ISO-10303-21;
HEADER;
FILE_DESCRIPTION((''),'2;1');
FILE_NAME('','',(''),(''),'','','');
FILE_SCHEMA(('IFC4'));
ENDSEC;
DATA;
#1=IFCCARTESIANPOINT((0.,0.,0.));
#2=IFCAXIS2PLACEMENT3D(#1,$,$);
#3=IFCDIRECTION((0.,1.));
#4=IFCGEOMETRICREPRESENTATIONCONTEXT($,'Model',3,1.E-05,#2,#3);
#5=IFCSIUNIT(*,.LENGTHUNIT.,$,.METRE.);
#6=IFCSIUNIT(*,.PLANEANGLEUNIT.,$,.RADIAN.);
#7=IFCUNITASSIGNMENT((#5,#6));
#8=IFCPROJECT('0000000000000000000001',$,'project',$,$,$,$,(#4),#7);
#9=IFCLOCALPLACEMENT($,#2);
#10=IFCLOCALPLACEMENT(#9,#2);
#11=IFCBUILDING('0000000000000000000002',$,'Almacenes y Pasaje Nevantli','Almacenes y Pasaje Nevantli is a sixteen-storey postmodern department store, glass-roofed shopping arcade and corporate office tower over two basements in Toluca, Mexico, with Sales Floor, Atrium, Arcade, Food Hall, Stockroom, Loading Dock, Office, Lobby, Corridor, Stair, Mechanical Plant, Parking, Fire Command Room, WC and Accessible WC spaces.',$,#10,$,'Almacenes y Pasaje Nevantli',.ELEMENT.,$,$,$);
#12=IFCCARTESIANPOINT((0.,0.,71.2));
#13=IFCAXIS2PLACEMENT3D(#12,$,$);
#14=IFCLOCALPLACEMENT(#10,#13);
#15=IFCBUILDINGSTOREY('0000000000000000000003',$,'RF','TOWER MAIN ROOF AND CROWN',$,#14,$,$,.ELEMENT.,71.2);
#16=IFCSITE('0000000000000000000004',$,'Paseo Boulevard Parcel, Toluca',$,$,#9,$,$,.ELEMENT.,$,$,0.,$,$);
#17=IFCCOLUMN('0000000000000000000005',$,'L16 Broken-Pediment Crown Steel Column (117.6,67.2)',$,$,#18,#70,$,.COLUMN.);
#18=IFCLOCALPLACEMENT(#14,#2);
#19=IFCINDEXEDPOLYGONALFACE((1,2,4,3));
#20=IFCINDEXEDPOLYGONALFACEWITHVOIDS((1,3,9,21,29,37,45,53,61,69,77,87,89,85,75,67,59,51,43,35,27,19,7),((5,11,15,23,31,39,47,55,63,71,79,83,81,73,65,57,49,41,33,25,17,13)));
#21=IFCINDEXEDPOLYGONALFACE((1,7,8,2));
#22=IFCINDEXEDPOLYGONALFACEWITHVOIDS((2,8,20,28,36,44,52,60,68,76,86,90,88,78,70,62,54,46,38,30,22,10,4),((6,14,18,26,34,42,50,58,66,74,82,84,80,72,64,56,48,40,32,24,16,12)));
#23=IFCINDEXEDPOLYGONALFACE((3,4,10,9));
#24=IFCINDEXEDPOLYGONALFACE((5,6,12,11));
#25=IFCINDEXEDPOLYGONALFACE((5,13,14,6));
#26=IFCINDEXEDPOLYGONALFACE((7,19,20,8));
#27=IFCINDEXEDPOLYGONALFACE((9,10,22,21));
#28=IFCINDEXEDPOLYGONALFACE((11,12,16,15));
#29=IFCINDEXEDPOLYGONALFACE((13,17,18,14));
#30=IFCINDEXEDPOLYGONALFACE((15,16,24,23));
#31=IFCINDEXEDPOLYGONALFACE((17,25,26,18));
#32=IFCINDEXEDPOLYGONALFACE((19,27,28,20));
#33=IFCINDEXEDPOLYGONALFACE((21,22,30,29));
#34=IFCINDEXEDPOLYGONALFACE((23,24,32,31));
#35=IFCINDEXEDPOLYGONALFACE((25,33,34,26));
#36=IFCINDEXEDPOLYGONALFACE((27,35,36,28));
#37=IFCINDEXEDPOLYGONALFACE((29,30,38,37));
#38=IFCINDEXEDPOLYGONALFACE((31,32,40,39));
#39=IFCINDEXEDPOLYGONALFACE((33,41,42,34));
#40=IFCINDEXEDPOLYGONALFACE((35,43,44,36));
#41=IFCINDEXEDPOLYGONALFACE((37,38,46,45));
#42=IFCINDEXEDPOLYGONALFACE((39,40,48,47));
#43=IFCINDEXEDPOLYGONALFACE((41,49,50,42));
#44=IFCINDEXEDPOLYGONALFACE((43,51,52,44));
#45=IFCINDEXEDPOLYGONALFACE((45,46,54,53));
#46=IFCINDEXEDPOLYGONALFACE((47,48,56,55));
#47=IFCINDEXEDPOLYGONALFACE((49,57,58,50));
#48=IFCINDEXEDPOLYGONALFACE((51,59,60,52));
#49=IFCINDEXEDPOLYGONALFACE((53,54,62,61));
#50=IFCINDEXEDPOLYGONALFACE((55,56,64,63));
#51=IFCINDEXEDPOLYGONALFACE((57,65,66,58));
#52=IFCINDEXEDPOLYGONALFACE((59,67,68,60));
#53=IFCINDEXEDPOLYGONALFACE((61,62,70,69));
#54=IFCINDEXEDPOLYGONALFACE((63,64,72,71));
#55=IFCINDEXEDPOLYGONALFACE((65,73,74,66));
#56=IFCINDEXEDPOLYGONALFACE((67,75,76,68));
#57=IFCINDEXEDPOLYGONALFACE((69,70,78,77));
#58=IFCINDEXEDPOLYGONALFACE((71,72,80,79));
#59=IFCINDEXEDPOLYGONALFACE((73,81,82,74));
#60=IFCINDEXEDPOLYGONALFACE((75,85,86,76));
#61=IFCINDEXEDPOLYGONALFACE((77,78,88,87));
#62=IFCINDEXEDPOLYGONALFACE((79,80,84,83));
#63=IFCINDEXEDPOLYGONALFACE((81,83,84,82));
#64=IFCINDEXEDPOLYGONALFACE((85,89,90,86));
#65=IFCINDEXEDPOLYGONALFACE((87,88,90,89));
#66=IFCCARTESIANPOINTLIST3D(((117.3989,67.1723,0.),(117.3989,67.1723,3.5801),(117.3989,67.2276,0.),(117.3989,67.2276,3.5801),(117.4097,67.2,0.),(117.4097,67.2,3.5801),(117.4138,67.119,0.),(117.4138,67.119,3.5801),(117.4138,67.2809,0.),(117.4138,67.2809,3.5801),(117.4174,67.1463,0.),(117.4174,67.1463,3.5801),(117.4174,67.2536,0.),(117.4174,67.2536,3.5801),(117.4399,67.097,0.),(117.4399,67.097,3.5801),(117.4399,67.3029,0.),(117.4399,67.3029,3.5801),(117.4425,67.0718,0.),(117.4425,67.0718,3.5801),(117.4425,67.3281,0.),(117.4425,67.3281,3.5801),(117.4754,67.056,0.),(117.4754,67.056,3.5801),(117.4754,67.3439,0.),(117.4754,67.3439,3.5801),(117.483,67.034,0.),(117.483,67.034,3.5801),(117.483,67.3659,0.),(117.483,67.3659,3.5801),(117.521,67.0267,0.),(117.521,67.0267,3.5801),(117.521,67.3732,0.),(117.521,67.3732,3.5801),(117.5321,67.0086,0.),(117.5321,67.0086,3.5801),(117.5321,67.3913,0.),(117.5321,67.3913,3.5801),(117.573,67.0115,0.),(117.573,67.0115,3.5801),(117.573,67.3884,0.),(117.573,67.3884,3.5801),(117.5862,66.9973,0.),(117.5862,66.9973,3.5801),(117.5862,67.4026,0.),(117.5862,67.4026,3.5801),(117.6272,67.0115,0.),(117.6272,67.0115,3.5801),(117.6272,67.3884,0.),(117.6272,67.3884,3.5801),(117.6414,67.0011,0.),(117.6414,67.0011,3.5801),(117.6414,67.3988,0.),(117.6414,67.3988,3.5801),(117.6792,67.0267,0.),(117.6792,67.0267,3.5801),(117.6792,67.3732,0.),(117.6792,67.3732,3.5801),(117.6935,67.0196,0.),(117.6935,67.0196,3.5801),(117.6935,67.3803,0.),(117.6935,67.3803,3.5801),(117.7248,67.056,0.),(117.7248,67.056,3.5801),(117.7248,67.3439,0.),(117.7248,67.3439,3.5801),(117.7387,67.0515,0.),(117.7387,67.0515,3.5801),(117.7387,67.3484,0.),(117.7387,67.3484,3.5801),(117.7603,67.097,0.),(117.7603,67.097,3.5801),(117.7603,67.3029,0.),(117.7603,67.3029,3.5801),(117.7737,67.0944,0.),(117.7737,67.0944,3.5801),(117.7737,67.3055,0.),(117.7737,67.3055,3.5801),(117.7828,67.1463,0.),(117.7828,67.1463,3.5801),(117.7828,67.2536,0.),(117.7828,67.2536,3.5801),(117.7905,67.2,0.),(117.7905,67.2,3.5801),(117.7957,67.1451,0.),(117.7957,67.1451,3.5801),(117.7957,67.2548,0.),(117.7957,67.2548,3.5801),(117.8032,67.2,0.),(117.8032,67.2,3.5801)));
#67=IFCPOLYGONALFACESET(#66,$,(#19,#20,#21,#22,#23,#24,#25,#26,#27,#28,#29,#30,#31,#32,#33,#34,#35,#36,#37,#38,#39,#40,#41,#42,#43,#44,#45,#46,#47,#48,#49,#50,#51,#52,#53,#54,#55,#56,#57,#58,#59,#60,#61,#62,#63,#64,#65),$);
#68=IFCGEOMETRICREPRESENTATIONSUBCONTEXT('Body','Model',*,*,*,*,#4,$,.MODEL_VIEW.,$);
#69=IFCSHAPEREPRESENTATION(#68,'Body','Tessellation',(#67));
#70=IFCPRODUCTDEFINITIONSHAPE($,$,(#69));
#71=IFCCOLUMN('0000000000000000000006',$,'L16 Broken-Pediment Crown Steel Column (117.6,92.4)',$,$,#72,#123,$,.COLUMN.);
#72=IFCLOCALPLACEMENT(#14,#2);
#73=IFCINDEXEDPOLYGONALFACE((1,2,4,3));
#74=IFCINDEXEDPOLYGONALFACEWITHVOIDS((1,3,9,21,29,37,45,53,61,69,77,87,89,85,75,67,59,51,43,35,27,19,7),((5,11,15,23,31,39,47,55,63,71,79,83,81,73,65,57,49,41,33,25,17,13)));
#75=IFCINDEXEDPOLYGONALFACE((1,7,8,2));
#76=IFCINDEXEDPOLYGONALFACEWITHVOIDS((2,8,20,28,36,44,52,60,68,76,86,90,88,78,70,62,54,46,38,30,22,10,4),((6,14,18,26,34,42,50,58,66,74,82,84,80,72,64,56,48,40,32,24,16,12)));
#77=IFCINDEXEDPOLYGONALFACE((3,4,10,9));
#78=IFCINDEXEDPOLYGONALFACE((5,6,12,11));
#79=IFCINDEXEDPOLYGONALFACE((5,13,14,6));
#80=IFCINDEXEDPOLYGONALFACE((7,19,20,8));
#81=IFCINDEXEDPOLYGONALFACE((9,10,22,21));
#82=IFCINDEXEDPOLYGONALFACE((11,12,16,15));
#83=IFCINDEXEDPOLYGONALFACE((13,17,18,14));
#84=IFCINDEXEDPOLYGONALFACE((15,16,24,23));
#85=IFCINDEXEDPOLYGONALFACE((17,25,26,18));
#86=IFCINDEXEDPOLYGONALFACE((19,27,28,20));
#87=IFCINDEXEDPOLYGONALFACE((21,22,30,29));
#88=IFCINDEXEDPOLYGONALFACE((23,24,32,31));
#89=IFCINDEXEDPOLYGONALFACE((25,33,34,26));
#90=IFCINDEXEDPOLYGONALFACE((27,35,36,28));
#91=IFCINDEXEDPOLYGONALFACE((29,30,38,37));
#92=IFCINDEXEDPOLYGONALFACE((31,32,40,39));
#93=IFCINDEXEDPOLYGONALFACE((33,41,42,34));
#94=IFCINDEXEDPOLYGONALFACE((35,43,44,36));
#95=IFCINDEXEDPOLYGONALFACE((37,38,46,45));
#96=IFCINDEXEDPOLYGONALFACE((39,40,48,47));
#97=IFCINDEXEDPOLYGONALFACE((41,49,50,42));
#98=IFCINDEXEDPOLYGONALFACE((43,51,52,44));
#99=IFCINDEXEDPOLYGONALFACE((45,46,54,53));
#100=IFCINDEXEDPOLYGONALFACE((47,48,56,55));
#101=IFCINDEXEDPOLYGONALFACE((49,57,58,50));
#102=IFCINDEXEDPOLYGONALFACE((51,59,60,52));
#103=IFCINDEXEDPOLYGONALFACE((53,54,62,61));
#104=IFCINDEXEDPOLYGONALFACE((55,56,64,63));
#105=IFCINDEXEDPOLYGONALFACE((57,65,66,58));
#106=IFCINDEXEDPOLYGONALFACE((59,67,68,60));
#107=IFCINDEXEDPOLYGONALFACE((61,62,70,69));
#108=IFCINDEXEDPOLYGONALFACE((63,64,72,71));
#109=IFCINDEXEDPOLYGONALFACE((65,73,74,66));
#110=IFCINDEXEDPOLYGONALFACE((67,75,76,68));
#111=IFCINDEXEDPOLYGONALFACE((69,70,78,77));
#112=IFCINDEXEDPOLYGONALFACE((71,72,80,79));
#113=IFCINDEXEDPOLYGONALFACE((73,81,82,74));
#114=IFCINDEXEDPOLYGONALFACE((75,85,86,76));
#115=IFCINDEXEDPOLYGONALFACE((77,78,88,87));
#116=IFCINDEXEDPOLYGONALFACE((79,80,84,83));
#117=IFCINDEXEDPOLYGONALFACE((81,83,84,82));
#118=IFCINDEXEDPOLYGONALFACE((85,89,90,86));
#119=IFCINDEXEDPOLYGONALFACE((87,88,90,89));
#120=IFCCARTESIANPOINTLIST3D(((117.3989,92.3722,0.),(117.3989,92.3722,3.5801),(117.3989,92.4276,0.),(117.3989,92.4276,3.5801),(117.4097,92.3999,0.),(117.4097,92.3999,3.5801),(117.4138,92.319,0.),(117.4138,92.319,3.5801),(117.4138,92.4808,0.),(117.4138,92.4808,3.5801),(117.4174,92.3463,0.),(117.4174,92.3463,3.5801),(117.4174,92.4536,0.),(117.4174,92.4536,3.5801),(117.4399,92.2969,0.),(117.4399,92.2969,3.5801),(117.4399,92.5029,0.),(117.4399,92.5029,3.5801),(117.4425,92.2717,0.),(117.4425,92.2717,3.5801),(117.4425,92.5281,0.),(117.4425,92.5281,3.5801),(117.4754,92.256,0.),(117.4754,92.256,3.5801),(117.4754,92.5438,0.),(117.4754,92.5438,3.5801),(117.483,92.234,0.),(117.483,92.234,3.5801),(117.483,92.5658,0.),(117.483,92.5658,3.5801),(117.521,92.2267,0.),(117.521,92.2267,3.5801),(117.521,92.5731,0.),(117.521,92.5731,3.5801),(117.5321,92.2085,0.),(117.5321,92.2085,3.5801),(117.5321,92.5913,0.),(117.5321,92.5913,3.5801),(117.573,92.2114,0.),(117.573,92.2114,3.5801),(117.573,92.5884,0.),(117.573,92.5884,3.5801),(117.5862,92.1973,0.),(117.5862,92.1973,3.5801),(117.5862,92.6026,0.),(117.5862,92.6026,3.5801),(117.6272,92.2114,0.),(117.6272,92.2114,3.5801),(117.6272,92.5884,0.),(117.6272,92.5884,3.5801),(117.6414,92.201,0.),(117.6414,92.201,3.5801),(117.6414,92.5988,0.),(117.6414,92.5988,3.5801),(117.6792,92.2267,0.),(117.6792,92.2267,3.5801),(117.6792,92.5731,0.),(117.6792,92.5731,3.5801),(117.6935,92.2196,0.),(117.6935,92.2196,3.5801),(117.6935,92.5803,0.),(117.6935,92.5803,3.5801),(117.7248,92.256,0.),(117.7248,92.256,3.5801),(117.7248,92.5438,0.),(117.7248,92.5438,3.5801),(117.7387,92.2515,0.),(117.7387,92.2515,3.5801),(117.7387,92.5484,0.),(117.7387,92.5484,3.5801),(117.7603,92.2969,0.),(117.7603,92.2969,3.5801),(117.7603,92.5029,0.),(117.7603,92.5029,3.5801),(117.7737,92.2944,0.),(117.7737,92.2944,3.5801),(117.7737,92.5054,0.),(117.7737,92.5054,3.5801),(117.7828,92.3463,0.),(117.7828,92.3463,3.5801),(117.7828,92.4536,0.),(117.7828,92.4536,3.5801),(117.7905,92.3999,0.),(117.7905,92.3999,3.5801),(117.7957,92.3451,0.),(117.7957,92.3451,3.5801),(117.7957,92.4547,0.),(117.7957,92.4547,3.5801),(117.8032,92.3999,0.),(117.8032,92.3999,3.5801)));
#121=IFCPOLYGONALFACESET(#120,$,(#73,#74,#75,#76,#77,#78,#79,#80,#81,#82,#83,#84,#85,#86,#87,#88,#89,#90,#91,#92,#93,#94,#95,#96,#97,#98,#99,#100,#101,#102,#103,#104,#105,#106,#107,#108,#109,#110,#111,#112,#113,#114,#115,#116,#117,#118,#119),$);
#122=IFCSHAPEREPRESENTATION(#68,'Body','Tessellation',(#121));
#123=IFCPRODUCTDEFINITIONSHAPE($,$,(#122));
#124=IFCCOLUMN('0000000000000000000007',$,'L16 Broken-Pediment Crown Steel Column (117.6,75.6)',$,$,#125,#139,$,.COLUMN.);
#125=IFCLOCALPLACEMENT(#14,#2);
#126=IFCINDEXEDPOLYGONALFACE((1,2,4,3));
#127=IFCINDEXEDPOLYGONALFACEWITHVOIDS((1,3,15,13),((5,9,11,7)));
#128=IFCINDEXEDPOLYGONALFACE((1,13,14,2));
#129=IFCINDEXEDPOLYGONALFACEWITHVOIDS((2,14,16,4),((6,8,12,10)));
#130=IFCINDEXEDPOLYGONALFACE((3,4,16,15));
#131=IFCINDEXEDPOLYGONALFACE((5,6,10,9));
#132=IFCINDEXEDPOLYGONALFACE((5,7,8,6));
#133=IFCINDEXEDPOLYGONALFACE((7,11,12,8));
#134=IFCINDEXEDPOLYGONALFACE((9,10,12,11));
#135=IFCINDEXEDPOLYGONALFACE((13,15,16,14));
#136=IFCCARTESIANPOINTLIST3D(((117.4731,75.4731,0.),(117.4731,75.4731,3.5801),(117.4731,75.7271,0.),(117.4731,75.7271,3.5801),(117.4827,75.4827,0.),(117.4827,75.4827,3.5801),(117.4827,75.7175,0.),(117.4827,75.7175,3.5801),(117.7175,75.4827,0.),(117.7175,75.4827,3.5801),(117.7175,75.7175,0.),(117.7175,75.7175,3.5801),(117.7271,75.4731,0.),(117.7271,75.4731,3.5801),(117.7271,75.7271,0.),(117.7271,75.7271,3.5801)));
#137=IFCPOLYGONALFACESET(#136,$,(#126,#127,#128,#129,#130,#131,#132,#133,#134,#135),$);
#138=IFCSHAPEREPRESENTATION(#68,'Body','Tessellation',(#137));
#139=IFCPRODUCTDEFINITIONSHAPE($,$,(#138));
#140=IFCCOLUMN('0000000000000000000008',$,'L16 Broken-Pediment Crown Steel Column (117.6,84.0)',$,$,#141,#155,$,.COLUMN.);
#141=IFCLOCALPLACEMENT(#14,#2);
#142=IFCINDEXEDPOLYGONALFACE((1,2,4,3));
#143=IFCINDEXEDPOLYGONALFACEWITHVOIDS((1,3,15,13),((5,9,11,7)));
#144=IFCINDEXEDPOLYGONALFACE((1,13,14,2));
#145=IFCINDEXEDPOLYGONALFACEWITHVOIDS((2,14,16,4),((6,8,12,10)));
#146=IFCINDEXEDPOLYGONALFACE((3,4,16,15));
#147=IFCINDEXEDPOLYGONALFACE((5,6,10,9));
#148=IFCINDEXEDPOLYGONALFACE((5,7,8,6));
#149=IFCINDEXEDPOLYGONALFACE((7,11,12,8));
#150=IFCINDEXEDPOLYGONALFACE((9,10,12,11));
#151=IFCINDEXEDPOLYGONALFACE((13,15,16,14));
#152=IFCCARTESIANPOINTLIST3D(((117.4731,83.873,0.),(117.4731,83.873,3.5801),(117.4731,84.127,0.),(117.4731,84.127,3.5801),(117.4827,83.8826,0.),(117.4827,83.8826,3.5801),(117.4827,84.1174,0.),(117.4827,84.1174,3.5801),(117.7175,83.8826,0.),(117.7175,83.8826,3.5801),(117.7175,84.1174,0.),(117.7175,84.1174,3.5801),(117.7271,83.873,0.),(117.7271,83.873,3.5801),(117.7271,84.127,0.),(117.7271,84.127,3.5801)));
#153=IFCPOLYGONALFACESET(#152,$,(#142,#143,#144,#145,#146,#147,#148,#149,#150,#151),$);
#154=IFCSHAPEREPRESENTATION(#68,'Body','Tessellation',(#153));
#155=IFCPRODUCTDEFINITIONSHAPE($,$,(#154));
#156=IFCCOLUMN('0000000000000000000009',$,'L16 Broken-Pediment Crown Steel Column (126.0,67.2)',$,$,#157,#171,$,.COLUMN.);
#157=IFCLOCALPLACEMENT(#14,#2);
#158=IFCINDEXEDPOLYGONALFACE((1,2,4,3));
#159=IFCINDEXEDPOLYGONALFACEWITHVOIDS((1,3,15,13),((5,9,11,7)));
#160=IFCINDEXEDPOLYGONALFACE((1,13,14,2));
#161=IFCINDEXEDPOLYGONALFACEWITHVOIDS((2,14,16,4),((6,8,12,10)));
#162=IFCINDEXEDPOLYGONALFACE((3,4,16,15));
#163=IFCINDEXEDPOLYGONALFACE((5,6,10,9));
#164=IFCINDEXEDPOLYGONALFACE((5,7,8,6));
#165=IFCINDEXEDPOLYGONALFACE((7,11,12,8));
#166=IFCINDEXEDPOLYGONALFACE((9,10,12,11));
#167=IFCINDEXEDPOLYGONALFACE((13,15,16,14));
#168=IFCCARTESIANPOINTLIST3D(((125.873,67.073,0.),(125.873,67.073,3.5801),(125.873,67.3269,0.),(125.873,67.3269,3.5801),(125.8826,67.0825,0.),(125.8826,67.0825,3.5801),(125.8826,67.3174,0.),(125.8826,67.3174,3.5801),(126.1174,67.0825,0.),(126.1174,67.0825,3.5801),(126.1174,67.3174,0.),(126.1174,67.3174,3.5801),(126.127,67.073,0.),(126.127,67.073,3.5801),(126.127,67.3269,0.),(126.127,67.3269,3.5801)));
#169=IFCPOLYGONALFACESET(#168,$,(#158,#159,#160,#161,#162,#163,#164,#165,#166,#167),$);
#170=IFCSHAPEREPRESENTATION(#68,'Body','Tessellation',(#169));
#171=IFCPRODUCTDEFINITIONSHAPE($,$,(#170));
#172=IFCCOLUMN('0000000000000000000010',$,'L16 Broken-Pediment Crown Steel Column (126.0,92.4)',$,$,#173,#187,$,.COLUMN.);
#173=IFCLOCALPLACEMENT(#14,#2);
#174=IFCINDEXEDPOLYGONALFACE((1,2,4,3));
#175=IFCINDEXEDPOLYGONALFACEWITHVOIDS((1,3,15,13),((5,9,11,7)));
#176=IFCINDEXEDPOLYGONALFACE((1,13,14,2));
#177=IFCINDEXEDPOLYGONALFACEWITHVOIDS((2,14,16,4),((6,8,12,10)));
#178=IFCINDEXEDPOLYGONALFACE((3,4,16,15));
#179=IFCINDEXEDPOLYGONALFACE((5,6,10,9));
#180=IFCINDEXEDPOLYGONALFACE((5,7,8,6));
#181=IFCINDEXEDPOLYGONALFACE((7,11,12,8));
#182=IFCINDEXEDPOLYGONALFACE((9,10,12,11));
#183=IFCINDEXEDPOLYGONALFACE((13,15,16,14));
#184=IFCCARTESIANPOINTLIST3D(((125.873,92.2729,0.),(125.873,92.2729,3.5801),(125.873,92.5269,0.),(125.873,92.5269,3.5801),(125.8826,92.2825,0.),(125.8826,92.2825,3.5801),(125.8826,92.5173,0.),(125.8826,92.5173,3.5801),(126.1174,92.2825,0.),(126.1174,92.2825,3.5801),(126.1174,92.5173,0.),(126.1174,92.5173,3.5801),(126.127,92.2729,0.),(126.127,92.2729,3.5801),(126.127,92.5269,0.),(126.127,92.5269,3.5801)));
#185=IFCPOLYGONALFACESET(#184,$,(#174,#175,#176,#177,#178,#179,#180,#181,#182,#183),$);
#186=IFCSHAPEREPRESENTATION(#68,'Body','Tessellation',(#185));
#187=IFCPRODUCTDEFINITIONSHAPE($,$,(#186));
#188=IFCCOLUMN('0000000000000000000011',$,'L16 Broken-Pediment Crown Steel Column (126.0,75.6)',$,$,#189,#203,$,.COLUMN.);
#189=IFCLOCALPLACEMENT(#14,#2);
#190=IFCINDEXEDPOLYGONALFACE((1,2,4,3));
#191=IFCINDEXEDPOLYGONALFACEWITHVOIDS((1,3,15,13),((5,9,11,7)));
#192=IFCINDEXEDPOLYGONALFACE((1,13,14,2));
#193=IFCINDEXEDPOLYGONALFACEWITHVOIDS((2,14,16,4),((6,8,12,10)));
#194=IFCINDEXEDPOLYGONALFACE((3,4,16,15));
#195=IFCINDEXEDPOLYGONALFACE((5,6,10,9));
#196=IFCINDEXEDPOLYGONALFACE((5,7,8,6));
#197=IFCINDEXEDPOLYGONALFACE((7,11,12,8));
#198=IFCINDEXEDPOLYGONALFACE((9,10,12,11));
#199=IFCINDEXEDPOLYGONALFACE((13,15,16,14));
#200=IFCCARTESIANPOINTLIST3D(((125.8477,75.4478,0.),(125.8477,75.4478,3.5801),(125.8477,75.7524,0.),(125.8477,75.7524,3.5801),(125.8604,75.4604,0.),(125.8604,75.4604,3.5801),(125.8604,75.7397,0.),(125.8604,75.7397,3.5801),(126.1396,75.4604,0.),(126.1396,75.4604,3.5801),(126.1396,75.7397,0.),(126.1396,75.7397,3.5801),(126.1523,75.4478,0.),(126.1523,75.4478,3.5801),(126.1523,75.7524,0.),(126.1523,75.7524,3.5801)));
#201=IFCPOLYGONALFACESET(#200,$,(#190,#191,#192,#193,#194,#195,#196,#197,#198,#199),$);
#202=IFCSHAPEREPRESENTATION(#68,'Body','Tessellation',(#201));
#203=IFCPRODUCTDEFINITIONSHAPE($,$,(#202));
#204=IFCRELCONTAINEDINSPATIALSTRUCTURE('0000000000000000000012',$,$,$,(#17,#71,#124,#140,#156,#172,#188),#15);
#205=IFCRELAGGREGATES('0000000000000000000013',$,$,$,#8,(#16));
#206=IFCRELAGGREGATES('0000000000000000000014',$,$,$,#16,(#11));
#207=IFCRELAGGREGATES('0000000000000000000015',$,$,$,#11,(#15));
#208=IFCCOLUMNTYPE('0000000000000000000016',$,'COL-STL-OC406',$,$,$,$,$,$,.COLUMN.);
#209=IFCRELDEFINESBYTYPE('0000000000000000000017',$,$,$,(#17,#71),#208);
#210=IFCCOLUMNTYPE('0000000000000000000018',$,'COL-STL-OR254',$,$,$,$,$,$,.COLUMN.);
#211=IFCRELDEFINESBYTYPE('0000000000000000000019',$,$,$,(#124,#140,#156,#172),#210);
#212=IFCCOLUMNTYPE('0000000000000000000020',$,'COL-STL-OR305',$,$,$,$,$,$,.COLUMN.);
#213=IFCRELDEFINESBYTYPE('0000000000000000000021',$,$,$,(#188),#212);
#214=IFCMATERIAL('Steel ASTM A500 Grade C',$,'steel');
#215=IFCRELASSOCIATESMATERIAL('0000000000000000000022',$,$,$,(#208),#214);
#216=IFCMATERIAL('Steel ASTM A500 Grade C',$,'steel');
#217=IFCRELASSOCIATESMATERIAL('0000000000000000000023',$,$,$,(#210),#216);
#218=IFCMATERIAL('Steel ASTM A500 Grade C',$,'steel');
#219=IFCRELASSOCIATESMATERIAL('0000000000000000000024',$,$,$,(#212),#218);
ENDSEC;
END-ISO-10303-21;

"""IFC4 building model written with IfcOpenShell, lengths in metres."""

from ifc_helpers import new_model, si_unit, direction, frame, origin, origin_2d, place, context, subcontext, project, spatial, hollow_rectangle, hollow_circle, extrude, material, material_profile, profile_set, type_object, element, save


model = new_model("IFC4")

# Units and contexts
model_context = context("Model", 3, precision=1e-05, world=origin(), true_north=direction((0.0, 1.0)))
body_context = subcontext(model_context, "Body", "Model", "MODEL_VIEW")
ifc_project = project(units=[si_unit("LENGTHUNIT", "METRE"), si_unit("PLANEANGLEUNIT", "RADIAN")], contexts=[model_context])

# Site, building, storey
site_placement = place(None, origin())
site = spatial("IfcSite", under=ifc_project, at=site_placement, Name="Paseo Boulevard Parcel, Toluca", CompositionType="ELEMENT", RefElevation=0.0)
building_placement = place(site_placement, origin())
building = spatial("IfcBuilding", under=site, at=building_placement, Name="Almacenes y Pasaje Nevantli", Description="Almacenes y Pasaje Nevantli is a sixteen-storey postmodern department store, glass-roofed shopping arcade and corporate office tower over two basements in Toluca, Mexico, with Sales Floor, Atrium, Arcade, Food Hall, Stockroom, Loading Dock, Office, Lobby, Corridor, Stair, Mechanical Plant, Parking, Fire Command Room, WC and Accessible WC spaces.", LongName="Almacenes y Pasaje Nevantli", CompositionType="ELEMENT")
storey_placement = place(building_placement, frame((0.0, 0.0, 71.2)))
storey = spatial("IfcBuildingStorey", under=building, at=storey_placement, Name="RF", Description="TOWER MAIN ROOF AND CROWN", CompositionType="ELEMENT", Elevation=71.2)

# Columns
ifc_material_1 = material(Name="Steel ASTM A500 Grade C", Category="steel")
ifc_material_profile_1 = material_profile(ifc_material_1, hollow_circle(Radius=0.2031, WallThickness=0.0127, at=origin_2d()), Name="OC 406x12.7")
ifc_profile_set_1 = profile_set([ifc_material_profile_1], Name="Steel ASTM A500 Grade C")
column_type_1 = type_object("IfcColumnType", Name="COL-STL-OC406", PredefinedType="COLUMN", material=ifc_profile_set_1)
for number, where, z_axis, x_axis, name in (
    (1, (117.6001, 67.2, 0.0), (0.0, 0.0, 1.0), (1.0, 0.0, 0.0), "L16 Broken-Pediment Crown Steel Column (117.6,67.2)"),
    (2, (117.6001, 92.3999, 0.0), (0.0, 0.0, 1.0), (1.0, 0.0, 0.0), "L16 Broken-Pediment Crown Steel Column (117.6,92.4)"),
):
    element("IfcColumn", number, at=place(storey_placement, frame(where, z_axis=z_axis, x_axis=x_axis)), inside=storey, type_object=column_type_1, Name=name, PredefinedType="COLUMN", context=body_context, shape_type="SweptSolid", body=[
        extrude(hollow_circle(Radius=0.2031, WallThickness=0.0127, at=origin_2d()), origin(), (0.0, 0.0, 1.0), 3.5801),
    ])
ifc_material_2 = material(Name="Steel ASTM A500 Grade C", Category="steel")
ifc_material_profile_2 = material_profile(ifc_material_2, hollow_rectangle(XDim=0.2539, YDim=0.2539, WallThickness=0.0095, at=origin_2d()), Name="OR 254x254x9.5")
ifc_profile_set_2 = profile_set([ifc_material_profile_2], Name="Steel ASTM A500 Grade C")
column_type_2 = type_object("IfcColumnType", Name="COL-STL-OR254", PredefinedType="COLUMN", material=ifc_profile_set_2)
for number, where, z_axis, x_axis, name in (
    (3, (117.6001, 75.6001, 0.0), (0.0, 0.0, 1.0), (1.0, 0.0, 0.0), "L16 Broken-Pediment Crown Steel Column (117.6,75.6)"),
    (4, (117.6001, 84.0, 0.0), (0.0, 0.0, 1.0), (1.0, 0.0, 0.0), "L16 Broken-Pediment Crown Steel Column (117.6,84.0)"),
    (5, (126.0, 67.2, 0.0), (0.0, 0.0, 1.0), (1.0, 0.0, 0.0), "L16 Broken-Pediment Crown Steel Column (126.0,67.2)"),
    (6, (126.0, 92.3999, 0.0), (0.0, 0.0, 1.0), (1.0, 0.0, 0.0), "L16 Broken-Pediment Crown Steel Column (126.0,92.4)"),
):
    element("IfcColumn", number, at=place(storey_placement, frame(where, z_axis=z_axis, x_axis=x_axis)), inside=storey, type_object=column_type_2, Name=name, PredefinedType="COLUMN", context=body_context, shape_type="SweptSolid", body=[
        extrude(hollow_rectangle(XDim=0.2539, YDim=0.2539, WallThickness=0.0095, at=origin_2d()), origin(), (0.0, 0.0, 1.0), 3.5801),
    ])
ifc_material_3 = material(Name="Steel ASTM A500 Grade C", Category="steel")
ifc_material_profile_3 = material_profile(ifc_material_3, hollow_rectangle(XDim=0.3047, YDim=0.3047, WallThickness=0.0127, at=origin_2d()), Name="OR 305x305x12.7")
ifc_profile_set_3 = profile_set([ifc_material_profile_3], Name="Steel ASTM A500 Grade C")
column_type_3 = type_object("IfcColumnType", Name="COL-STL-OR305", PredefinedType="COLUMN", material=ifc_profile_set_3)
for number, where, z_axis, x_axis, name in (
    (7, (126.0, 75.6001, 0.0), (0.0, 0.0, 1.0), (1.0, 0.0, 0.0), "L16 Broken-Pediment Crown Steel Column (126.0,75.6)"),
):
    element("IfcColumn", number, at=place(storey_placement, frame(where, z_axis=z_axis, x_axis=x_axis)), inside=storey, type_object=column_type_3, Name=name, PredefinedType="COLUMN", context=body_context, shape_type="SweptSolid", body=[
        extrude(hollow_rectangle(XDim=0.3047, YDim=0.3047, WallThickness=0.0127, at=origin_2d()), origin(), (0.0, 0.0, 1.0), 3.5801),
    ])

save(model, "model.ifc")
